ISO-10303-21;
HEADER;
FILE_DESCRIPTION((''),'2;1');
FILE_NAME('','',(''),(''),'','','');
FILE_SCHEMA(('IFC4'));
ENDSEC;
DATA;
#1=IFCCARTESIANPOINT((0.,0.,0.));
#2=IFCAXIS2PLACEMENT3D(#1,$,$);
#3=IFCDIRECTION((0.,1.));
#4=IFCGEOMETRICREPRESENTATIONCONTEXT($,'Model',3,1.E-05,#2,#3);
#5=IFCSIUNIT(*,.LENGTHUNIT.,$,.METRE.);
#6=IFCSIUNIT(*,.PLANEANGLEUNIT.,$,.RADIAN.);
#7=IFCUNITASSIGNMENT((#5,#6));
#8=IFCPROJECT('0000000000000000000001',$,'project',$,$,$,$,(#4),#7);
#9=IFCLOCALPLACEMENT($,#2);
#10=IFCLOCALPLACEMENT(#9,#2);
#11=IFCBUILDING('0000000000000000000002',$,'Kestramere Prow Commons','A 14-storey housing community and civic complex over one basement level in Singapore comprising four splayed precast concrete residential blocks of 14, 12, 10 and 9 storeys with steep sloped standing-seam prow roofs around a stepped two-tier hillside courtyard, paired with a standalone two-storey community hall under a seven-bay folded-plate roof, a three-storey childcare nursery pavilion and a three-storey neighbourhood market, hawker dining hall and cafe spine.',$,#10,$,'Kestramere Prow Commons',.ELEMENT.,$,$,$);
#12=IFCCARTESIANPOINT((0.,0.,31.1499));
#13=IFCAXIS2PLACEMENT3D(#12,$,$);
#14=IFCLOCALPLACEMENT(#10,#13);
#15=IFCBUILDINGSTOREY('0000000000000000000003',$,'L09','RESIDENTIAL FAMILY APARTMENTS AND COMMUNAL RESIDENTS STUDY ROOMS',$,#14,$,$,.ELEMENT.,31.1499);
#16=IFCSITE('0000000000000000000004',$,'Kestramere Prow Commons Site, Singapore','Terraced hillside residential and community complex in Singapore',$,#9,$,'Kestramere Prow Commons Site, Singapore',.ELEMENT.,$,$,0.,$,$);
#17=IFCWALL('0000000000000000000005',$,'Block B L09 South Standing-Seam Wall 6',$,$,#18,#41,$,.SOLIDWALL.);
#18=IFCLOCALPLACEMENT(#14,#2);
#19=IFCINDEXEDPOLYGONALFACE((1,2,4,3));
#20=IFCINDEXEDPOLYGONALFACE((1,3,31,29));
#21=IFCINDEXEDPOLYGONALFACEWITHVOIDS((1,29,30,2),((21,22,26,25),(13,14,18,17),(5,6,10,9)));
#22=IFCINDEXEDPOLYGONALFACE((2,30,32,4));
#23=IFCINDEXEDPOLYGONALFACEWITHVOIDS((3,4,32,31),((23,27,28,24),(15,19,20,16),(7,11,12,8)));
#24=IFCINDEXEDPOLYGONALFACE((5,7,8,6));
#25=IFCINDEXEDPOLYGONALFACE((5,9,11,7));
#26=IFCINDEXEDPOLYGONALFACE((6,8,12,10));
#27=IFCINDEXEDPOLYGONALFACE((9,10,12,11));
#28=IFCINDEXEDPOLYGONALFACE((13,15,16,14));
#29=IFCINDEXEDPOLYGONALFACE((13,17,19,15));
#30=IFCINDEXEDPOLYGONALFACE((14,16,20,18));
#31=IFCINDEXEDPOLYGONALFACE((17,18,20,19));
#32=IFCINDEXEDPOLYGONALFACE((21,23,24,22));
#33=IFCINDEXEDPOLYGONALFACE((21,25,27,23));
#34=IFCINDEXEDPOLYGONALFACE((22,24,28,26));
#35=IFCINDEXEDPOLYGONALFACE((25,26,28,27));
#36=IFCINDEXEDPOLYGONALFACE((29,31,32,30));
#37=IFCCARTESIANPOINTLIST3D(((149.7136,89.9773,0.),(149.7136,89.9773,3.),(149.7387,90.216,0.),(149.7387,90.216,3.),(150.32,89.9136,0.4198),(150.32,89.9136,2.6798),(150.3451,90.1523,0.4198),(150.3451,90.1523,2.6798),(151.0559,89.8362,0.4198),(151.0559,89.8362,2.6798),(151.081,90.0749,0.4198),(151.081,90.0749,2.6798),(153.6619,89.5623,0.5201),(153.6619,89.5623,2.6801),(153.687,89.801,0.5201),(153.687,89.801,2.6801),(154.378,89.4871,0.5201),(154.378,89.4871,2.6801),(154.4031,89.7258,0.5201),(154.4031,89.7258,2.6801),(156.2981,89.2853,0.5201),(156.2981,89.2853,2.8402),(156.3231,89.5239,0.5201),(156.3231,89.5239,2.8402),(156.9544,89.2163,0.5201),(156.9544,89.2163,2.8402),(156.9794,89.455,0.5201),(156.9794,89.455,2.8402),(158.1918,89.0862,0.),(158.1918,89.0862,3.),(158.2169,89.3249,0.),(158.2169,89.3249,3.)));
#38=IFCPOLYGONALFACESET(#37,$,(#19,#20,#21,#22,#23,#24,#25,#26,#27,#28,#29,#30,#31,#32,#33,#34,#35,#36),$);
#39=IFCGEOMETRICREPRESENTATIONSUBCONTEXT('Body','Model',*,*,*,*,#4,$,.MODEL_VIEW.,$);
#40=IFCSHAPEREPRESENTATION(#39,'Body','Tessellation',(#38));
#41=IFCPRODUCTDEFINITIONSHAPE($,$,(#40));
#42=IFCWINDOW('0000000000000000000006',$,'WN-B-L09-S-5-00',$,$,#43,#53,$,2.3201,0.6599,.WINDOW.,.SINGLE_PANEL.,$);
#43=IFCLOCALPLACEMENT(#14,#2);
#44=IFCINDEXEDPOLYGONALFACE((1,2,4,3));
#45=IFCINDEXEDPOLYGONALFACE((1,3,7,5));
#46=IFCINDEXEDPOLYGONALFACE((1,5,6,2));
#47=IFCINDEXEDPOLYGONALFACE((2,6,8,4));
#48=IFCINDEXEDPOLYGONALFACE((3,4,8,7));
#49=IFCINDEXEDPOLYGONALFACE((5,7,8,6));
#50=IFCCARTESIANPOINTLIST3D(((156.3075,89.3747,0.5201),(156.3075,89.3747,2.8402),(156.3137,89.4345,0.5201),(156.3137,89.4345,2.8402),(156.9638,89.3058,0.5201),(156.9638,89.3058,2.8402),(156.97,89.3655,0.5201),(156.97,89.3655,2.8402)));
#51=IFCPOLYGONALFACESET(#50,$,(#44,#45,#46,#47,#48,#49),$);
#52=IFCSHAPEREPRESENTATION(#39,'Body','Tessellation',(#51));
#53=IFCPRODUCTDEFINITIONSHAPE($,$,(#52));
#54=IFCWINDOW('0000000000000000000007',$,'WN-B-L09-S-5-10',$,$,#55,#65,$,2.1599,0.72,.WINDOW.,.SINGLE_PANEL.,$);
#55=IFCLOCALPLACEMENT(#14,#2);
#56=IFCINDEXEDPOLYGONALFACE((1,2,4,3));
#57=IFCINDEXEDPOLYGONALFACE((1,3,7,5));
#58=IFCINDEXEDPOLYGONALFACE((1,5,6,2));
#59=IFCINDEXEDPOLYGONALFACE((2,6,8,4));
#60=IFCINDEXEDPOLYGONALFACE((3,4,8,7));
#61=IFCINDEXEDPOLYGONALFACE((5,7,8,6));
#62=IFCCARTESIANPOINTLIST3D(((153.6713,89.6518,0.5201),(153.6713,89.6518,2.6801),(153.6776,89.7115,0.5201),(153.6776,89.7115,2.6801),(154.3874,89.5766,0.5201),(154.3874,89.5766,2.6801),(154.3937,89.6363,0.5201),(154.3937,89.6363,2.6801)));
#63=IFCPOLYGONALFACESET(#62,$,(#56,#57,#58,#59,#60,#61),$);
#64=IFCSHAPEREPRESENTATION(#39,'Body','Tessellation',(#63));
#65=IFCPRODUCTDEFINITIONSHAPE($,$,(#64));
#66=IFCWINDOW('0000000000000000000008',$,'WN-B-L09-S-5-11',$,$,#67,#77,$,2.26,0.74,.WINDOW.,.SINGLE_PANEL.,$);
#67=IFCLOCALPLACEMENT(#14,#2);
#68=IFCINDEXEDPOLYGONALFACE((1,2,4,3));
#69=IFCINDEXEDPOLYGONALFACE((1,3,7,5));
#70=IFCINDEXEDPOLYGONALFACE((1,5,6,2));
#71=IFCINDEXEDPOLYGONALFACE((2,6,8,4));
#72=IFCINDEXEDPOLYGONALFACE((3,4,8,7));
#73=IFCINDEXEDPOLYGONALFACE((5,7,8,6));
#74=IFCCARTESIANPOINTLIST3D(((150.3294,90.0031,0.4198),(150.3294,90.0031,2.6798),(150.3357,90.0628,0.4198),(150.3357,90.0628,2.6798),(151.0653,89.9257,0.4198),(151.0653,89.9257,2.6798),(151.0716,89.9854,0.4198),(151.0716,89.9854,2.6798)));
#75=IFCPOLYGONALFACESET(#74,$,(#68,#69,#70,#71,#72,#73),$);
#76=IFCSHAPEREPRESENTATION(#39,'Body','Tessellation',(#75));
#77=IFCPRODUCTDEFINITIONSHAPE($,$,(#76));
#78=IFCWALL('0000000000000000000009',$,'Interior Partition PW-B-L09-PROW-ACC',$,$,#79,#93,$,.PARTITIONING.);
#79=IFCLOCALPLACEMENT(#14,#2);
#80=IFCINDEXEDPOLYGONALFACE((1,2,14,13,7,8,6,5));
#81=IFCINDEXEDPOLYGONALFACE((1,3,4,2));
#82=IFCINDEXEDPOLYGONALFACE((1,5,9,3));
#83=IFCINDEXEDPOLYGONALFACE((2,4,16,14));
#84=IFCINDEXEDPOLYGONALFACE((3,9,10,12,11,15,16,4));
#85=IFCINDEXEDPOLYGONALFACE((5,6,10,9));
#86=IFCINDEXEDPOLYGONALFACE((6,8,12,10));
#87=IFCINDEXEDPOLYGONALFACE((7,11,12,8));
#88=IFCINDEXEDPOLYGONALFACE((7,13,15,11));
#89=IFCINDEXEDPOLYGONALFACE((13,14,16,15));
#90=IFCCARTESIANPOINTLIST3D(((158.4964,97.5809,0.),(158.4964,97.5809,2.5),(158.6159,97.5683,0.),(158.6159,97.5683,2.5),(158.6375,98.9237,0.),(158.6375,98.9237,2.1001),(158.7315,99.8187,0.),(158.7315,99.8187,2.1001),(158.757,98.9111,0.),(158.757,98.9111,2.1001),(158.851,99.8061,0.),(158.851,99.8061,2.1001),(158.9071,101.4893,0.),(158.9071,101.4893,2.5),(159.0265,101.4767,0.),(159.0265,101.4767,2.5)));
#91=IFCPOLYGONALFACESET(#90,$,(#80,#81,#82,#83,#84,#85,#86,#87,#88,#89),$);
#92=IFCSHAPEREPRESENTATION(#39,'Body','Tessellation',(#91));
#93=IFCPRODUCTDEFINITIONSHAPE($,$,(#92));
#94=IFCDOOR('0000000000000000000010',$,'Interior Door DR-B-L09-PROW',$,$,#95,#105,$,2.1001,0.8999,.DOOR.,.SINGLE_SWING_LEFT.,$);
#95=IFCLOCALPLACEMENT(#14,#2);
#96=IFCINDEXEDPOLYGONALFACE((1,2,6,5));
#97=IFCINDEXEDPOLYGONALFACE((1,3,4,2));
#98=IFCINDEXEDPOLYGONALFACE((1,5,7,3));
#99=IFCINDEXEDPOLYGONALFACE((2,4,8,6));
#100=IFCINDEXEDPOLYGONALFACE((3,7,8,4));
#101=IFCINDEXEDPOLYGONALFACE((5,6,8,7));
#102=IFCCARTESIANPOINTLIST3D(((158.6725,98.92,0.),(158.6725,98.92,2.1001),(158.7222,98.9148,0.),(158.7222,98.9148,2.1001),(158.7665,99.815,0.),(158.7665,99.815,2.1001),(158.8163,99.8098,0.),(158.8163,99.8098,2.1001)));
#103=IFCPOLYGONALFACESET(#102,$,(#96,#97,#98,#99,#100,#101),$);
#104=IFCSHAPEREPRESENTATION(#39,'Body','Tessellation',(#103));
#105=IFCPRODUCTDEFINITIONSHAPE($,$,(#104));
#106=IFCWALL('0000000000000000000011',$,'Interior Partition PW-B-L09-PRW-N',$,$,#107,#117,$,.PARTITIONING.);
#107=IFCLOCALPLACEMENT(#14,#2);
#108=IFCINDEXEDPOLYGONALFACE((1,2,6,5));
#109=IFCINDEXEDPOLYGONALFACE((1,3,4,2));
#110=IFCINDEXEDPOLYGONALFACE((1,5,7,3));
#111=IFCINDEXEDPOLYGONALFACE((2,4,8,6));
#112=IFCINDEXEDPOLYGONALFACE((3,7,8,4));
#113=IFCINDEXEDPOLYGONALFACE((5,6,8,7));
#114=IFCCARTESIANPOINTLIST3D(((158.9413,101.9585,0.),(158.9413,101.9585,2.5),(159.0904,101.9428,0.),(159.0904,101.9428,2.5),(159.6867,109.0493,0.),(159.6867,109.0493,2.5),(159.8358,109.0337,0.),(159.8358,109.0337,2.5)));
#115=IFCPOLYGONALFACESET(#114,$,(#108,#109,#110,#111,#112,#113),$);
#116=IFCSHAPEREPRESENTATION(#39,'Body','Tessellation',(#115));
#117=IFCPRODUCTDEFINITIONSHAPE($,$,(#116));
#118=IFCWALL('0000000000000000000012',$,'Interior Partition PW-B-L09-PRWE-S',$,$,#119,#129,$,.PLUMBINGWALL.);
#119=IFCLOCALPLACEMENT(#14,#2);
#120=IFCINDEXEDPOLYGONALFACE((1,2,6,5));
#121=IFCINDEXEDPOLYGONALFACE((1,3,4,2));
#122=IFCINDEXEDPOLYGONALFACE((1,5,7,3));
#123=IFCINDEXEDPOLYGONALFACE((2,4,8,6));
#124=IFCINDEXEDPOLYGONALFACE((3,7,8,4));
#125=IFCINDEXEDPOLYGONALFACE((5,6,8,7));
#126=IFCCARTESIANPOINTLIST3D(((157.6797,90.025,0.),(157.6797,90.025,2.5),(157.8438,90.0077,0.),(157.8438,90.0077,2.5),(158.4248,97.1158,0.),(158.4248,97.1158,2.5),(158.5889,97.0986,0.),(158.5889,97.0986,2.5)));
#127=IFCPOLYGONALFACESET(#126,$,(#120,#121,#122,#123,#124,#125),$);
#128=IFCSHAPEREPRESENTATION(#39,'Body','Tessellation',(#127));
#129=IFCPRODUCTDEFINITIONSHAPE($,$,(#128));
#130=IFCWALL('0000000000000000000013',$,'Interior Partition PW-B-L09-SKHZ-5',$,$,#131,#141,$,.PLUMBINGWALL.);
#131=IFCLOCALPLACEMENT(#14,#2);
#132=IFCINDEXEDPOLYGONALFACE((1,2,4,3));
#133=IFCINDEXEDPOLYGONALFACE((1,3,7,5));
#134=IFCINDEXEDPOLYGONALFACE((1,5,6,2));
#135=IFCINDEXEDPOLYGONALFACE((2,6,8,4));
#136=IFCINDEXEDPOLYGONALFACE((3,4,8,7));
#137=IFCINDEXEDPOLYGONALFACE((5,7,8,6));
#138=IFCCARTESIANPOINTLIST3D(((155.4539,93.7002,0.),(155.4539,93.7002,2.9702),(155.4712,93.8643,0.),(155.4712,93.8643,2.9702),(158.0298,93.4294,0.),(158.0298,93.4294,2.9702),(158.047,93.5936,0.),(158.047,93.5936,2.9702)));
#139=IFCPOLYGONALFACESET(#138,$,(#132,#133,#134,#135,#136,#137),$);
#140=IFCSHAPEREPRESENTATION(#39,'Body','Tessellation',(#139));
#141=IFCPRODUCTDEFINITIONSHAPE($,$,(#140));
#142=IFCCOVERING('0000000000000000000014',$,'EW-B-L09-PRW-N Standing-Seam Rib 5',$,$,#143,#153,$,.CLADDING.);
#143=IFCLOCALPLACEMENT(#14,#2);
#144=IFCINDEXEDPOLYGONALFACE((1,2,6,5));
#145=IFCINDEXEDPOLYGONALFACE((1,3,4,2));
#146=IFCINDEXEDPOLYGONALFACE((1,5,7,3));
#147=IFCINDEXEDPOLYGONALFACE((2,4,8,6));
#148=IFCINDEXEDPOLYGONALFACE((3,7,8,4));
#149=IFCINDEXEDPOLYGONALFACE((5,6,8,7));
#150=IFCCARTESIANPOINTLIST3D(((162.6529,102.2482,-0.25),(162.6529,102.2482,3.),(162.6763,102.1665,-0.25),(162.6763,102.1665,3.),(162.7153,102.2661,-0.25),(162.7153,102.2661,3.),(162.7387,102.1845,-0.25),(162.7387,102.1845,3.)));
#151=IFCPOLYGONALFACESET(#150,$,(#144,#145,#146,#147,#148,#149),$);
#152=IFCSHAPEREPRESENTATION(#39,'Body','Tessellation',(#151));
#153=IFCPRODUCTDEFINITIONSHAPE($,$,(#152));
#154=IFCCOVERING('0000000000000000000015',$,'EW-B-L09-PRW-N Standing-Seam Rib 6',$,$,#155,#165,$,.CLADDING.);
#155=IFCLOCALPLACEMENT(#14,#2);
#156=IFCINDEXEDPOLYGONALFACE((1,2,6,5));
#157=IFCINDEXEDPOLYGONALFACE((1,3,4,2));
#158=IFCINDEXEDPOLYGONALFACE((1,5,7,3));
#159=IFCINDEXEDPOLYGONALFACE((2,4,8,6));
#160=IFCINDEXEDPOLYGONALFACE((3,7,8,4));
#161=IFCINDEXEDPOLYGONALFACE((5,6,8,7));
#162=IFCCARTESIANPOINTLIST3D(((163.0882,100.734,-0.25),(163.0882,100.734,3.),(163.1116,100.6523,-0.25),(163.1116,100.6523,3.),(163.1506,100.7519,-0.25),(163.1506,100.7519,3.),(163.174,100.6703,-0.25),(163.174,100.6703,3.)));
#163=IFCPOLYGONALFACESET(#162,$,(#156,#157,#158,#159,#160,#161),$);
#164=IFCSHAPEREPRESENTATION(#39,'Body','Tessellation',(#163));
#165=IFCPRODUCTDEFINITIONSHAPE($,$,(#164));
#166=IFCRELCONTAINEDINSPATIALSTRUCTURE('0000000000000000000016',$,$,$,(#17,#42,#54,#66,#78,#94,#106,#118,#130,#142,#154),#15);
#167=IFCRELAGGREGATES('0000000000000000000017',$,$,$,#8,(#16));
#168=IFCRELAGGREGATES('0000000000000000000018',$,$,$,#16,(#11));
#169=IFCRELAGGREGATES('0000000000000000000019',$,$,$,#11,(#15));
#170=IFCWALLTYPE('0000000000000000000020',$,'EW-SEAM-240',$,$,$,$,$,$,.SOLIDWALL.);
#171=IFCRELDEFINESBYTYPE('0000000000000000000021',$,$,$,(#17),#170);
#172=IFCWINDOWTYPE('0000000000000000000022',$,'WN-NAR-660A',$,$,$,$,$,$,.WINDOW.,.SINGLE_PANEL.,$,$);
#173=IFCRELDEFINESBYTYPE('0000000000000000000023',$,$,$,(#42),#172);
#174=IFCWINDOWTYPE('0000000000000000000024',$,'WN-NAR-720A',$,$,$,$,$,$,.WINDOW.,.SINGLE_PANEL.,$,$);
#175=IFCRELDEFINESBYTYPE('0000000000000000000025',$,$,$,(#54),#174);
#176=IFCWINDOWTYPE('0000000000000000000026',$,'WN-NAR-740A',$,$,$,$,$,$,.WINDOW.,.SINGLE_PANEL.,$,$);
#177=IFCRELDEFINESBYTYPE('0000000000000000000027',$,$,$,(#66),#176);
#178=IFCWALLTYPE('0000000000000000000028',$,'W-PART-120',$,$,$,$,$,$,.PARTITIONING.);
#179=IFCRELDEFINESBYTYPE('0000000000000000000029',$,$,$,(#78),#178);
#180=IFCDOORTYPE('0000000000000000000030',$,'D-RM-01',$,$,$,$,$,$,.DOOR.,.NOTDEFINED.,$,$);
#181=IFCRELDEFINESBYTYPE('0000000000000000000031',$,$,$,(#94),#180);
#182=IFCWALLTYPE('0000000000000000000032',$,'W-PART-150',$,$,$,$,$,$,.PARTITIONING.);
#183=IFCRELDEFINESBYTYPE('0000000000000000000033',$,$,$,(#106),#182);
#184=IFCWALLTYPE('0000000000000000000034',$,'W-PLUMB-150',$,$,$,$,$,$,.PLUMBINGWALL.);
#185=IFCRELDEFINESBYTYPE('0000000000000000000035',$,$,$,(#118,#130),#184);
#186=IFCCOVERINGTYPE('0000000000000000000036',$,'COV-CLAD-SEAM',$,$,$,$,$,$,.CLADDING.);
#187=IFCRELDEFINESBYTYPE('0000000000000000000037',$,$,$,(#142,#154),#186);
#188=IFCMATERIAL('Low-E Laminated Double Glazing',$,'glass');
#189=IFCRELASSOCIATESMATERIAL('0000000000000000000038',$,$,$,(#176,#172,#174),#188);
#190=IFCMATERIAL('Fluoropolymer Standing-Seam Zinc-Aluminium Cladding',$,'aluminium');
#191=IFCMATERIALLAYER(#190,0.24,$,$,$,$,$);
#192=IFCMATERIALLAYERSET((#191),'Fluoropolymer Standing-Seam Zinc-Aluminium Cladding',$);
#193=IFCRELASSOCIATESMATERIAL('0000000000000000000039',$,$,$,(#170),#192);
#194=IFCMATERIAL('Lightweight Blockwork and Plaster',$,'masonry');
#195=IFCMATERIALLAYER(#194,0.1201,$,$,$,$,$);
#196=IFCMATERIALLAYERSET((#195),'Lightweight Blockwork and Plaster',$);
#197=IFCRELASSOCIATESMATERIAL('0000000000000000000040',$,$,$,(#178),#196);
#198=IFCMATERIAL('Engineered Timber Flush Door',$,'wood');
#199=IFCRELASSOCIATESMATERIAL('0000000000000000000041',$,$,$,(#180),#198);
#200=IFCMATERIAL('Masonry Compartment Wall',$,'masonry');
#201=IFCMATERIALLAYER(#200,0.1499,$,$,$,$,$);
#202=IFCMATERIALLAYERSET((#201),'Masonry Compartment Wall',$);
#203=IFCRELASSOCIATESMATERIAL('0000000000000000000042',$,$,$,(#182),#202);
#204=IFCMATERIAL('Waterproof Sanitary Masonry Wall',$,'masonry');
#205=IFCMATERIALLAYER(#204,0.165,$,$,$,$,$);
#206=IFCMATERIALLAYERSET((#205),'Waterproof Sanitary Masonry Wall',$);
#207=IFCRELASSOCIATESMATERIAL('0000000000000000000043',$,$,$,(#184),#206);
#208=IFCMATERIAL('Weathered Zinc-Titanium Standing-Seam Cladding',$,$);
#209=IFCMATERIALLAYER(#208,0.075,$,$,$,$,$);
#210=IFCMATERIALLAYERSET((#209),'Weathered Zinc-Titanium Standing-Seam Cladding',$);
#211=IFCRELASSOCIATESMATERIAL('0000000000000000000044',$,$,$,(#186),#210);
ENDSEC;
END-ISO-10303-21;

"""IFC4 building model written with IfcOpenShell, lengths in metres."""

from ifc_helpers import new_model, si_unit, direction, frame, frame_2d, origin, origin_2d, place, context, subcontext, project, spatial, rectangle, extrude, material, layer, layer_set, type_object, element, fill, save


model = new_model("IFC4")

# Units and contexts
model_context = context("Model", 3, precision=1e-05, world=origin(), true_north=direction((0.0, 1.0)))
body_context = subcontext(model_context, "Body", "Model", "MODEL_VIEW")
ifc_project = project(units=[si_unit("LENGTHUNIT", "METRE"), si_unit("PLANEANGLEUNIT", "RADIAN")], contexts=[model_context])

# Site, building, storey
site_placement = place(None, origin())
site = spatial("IfcSite", under=ifc_project, at=site_placement, Name="Kestramere Prow Commons Site, Singapore", Description="Terraced hillside residential and community complex in Singapore", LongName="Kestramere Prow Commons Site, Singapore", CompositionType="ELEMENT", RefElevation=0.0)
building_placement = place(site_placement, origin())
building = spatial("IfcBuilding", under=site, at=building_placement, Name="Kestramere Prow Commons", Description="A 14-storey housing community and civic complex over one basement level in Singapore comprising four splayed precast concrete residential blocks of 14, 12, 10 and 9 storeys with steep sloped standing-seam prow roofs around a stepped two-tier hillside courtyard, paired with a standalone two-storey community hall under a seven-bay folded-plate roof, a three-storey childcare nursery pavilion and a three-storey neighbourhood market, hawker dining hall and cafe spine.", LongName="Kestramere Prow Commons", CompositionType="ELEMENT")
storey_placement = place(building_placement, frame((0.0, 0.0, 31.1499)))
storey = spatial("IfcBuildingStorey", under=building, at=storey_placement, Name="L09", Description="RESIDENTIAL FAMILY APARTMENTS AND COMMUNAL RESIDENTS STUDY ROOMS", CompositionType="ELEMENT", Elevation=31.1499)

# Wall, openings, windows
ifc_material_1 = material(Name="Weathered Zinc-Titanium Standing-Seam Cladding")
ifc_material_2 = material(Name="Low-E Laminated Double Glazing", Category="glass")
window_type_1 = type_object("IfcWindowType", Name="WN-NAR-740A", PartitioningType="SINGLE_PANEL", PredefinedType="WINDOW", material=ifc_material_2)
ifc_material_3 = material(Name="Fluoropolymer Standing-Seam Zinc-Aluminium Cladding", Category="aluminium")
ifc_layer_1 = layer(ifc_material_3, 0.24)
ifc_layer_set_1 = layer_set([ifc_layer_1], Name="Fluoropolymer Standing-Seam Zinc-Aluminium Cladding")
wall_type_1 = type_object("IfcWallType", Name="EW-SEAM-240", PredefinedType="SOLIDWALL", material=ifc_layer_set_1)
wall_1_placement = place(storey_placement, frame((158.2043, 89.2056, 0.0), z_axis=(0.0, 0.0, 1.0), x_axis=(-0.994522, 0.10453, 0.0)))
wall_1 = element("IfcWall", 1, at=wall_1_placement, inside=storey, type_object=wall_type_1, Name="Block B L09 South Standing-Seam Wall 6", PredefinedType="SOLIDWALL", context=body_context, shape_type="SweptSolid", body=[
    extrude(rectangle(XDim=8.5249, YDim=0.24, at=frame_2d((4.2625, 0.0))), origin(), (0.0, 0.0, 1.0), 3.0),
])
opening_1_placement = place(wall_1_placement, frame((1.2441, 0.0, 0.52)))
opening_1 = element("IfcOpeningElement", 2, at=opening_1_placement, cuts=wall_1, PredefinedType="OPENING", context=body_context, shape_type="SweptSolid", body=[
    extrude(rectangle(XDim=0.6599, YDim=2.3201, at=frame_2d((0.3301, 1.1602))), frame((0.0, 0.135, 0.0), z_axis=(0.0, -1.0, 0.0), x_axis=(1.0, 0.0, 0.0)), (0.0, 0.0, 1.0), 0.27),
])
opening_2_placement = place(wall_1_placement, frame((3.835, 0.0, 0.52)))
opening_2 = element("IfcOpeningElement", 3, at=opening_2_placement, cuts=wall_1, PredefinedType="OPENING", context=body_context, shape_type="SweptSolid", body=[
    extrude(rectangle(XDim=0.72, YDim=2.1599, at=frame_2d((0.3599, 1.0801))), frame((0.0, 0.135, 0.0), z_axis=(0.0, -1.0, 0.0), x_axis=(1.0, 0.0, 0.0)), (0.0, 0.0, 1.0), 0.27),
])
opening_3_placement = place(wall_1_placement, frame((7.175, 0.0, 0.4199)))
opening_3 = element("IfcOpeningElement", 4, at=opening_3_placement, cuts=wall_1, PredefinedType="OPENING", context=body_context, shape_type="SweptSolid", body=[
    extrude(rectangle(XDim=0.74, YDim=2.26, at=frame_2d((0.3701, 1.1299))), frame((0.0, 0.135, 0.0), z_axis=(0.0, -1.0, 0.0), x_axis=(1.0, 0.0, 0.0)), (0.0, 0.0, 1.0), 0.27),
])
window_type_2 = type_object("IfcWindowType", Name="WN-NAR-660A", PartitioningType="SINGLE_PANEL", PredefinedType="WINDOW", material=ifc_material_2)
window_1_placement = place(opening_1_placement, origin())
window_1 = element("IfcWindow", 5, at=window_1_placement, inside=storey, type_object=window_type_2, Name="WN-B-L09-S-5-00", OverallHeight=2.3201, OverallWidth=0.6599, PartitioningType="SINGLE_PANEL", PredefinedType="WINDOW", context=body_context, shape_type="SweptSolid", body=[
    extrude(rectangle(XDim=0.6599, YDim=2.3201, at=frame_2d((0.3301, 1.1602))), frame((0.0, 0.03, 0.0), z_axis=(0.0, -1.0, 0.0), x_axis=(1.0, 0.0, 0.0)), (0.0, 0.0, 1.0), 0.0601),
])
fill(opening_1, window_1)
window_type_3 = type_object("IfcWindowType", Name="WN-NAR-720A", PartitioningType="SINGLE_PANEL", PredefinedType="WINDOW", material=ifc_material_2)
window_2_placement = place(opening_2_placement, origin())
window_2 = element("IfcWindow", 6, at=window_2_placement, inside=storey, type_object=window_type_3, Name="WN-B-L09-S-5-10", OverallHeight=2.1599, OverallWidth=0.72, PartitioningType="SINGLE_PANEL", PredefinedType="WINDOW", context=body_context, shape_type="SweptSolid", body=[
    extrude(rectangle(XDim=0.72, YDim=2.1599, at=frame_2d((0.3599, 1.0801))), frame((0.0, 0.03, 0.0), z_axis=(0.0, -1.0, 0.0), x_axis=(1.0, 0.0, 0.0)), (0.0, 0.0, 1.0), 0.0601),
])
fill(opening_2, window_2)
window_3_placement = place(opening_3_placement, origin())
window_3 = element("IfcWindow", 7, at=window_3_placement, inside=storey, type_object=window_type_1, Name="WN-B-L09-S-5-11", OverallHeight=2.26, OverallWidth=0.74, PartitioningType="SINGLE_PANEL", PredefinedType="WINDOW", context=body_context, shape_type="SweptSolid", body=[
    extrude(rectangle(XDim=0.74, YDim=2.26, at=frame_2d((0.3701, 1.1299))), frame((0.0, 0.03, 0.0), z_axis=(0.0, -1.0, 0.0), x_axis=(1.0, 0.0, 0.0)), (0.0, 0.0, 1.0), 0.0601),
])
fill(opening_3, window_3)

# Wall, opening, door
ifc_material_4 = material(Name="Lightweight Blockwork and Plaster", Category="masonry")
ifc_layer_2 = layer(ifc_material_4, 0.1201)
ifc_layer_set_2 = layer_set([ifc_layer_2], Name="Lightweight Blockwork and Plaster")
wall_type_2 = type_object("IfcWallType", Name="W-PART-120", PredefinedType="PARTITIONING", material=ifc_layer_set_2)
wall_2_placement = place(storey_placement, frame((158.5562, 97.5747, 0.0), z_axis=(0.0, 0.0, 1.0), x_axis=(0.104491, 0.994526, 0.0)))
wall_2 = element("IfcWall", 8, at=wall_2_placement, inside=storey, type_object=wall_type_2, Name="Interior Partition PW-B-L09-PROW-ACC", PredefinedType="PARTITIONING", context=body_context, shape_type="SweptSolid", body=[
    extrude(rectangle(XDim=3.9299, YDim=0.1201, at=frame_2d((1.9648, 0.0))), origin(), (0.0, 0.0, 1.0), 2.5),
])
opening_4_placement = place(wall_2_placement, frame((1.3501, 0.0, 0.0)))
opening_4 = element("IfcOpeningElement", 9, at=opening_4_placement, cuts=wall_2, PredefinedType="OPENING", context=body_context, shape_type="SweptSolid", body=[
    extrude(rectangle(XDim=0.8999, YDim=2.1001, at=frame_2d((0.45, 1.05))), frame((0.0, 0.075, 0.0), z_axis=(0.0, -1.0, 0.0), x_axis=(1.0, 0.0, 0.0)), (0.0, 0.0, 1.0), 0.1501),
])
ifc_material_5 = material(Name="Engineered Timber Flush Door", Category="wood")
door_type_1 = type_object("IfcDoorType", Name="D-RM-01", OperationType="NOTDEFINED", PredefinedType="DOOR", material=ifc_material_5)
door_1_placement = place(opening_4_placement, origin())
door_1 = element("IfcDoor", 10, at=door_1_placement, inside=storey, type_object=door_type_1, Name="Interior Door DR-B-L09-PROW", OperationType="SINGLE_SWING_LEFT", OverallHeight=2.1001, OverallWidth=0.8999, PredefinedType="DOOR", context=body_context, shape_type="SweptSolid", body=[
    extrude(rectangle(XDim=0.8999, YDim=2.1001, at=frame_2d((0.45, 1.05))), frame((0.0, 0.0249, 0.0), z_axis=(0.0, -1.0, 0.0), x_axis=(1.0, 0.0, 0.0)), (0.0, 0.0, 1.0), 0.05),
])
fill(opening_4, door_1)

# Walls
ifc_material_6 = material(Name="Masonry Compartment Wall", Category="masonry")
ifc_layer_3 = layer(ifc_material_6, 0.1499)
ifc_layer_set_3 = layer_set([ifc_layer_3], Name="Masonry Compartment Wall")
wall_type_3 = type_object("IfcWallType", Name="W-PART-150", PredefinedType="PARTITIONING", material=ifc_layer_set_3)
wall_3_placement = place(storey_placement, frame((159.0159, 101.9507, 0.0), z_axis=(0.0, 0.0, 1.0), x_axis=(0.10454, 0.994521, 0.0)))
element("IfcWall", 11, at=wall_3_placement, inside=storey, type_object=wall_type_3, Name="Interior Partition PW-B-L09-PRW-N", PredefinedType="PARTITIONING", context=body_context, shape_type="SweptSolid", body=[
    extrude(rectangle(XDim=7.1299, YDim=0.1499, at=frame_2d((3.5649, 0.0))), origin(), (0.0, 0.0, 1.0), 2.5),
])
ifc_material_7 = material(Name="Waterproof Sanitary Masonry Wall", Category="masonry")
ifc_layer_4 = layer(ifc_material_7, 0.165)
ifc_layer_set_4 = layer_set([ifc_layer_4], Name="Waterproof Sanitary Masonry Wall")
wall_type_4 = type_object("IfcWallType", Name="W-PLUMB-150", PredefinedType="PLUMBINGWALL", material=ifc_layer_set_4)
wall_4_placement = place(storey_placement, frame((157.7617, 90.0164, 0.0), z_axis=(0.0, 0.0, 1.0), x_axis=(0.104507, 0.994524, 0.0)))
element("IfcWall", 12, at=wall_4_placement, inside=storey, type_object=wall_type_4, Name="Interior Partition PW-B-L09-PRWE-S", PredefinedType="PLUMBINGWALL", context=body_context, shape_type="SweptSolid", body=[
    extrude(rectangle(XDim=7.1299, YDim=0.165, at=frame_2d((3.5649, 0.0))), origin(), (0.0, 0.0, 1.0), 2.5),
])

# Wall
wall_5_placement = place(storey_placement, frame((155.4626, 93.7822, 0.0), z_axis=(0.0, 0.0, 1.0), x_axis=(0.994521, -0.104533, 0.0)))
element("IfcWall", 13, at=wall_5_placement, inside=storey, type_object=wall_type_4, Name="Interior Partition PW-B-L09-SKHZ-5", PredefinedType="PLUMBINGWALL", context=body_context, shape_type="SweptSolid", body=[
    extrude(rectangle(XDim=2.5901, YDim=0.165, at=frame_2d((1.2949, 0.0))), origin(), (0.0, 0.0, 1.0), 2.9702),
])

# Coverings
ifc_layer_5 = layer(ifc_material_1, 0.075)
ifc_layer_set_5 = layer_set([ifc_layer_5], Name="Weathered Zinc-Titanium Standing-Seam Cladding")
covering_type = type_object("IfcCoveringType", Name="COV-CLAD-SEAM", PredefinedType="CLADDING", material=ifc_layer_set_5)
for number, where, z_axis, x_axis, name in (
    (14, (162.6958, 102.2163, -0.25), (0.0, 0.0, 1.0), (0.276318, -0.961066, 0.0), "EW-B-L09-PRW-N Standing-Seam Rib 5"),
    (15, (163.1311, 100.7021, -0.25), (0.0, 0.0, 1.0), (0.276318, -0.961066, 0.0), "EW-B-L09-PRW-N Standing-Seam Rib 6"),
):
    element("IfcCovering", number, at=place(storey_placement, frame(where, z_axis=z_axis, x_axis=x_axis)), inside=storey, type_object=covering_type, Name=name, PredefinedType="CLADDING", context=body_context, shape_type="SweptSolid", body=[
        extrude(rectangle(XDim=0.085, YDim=0.0649, at=origin_2d()), origin(), (0.0, 0.0, 1.0), 3.25),
    ])

save(model, "model.ifc")
